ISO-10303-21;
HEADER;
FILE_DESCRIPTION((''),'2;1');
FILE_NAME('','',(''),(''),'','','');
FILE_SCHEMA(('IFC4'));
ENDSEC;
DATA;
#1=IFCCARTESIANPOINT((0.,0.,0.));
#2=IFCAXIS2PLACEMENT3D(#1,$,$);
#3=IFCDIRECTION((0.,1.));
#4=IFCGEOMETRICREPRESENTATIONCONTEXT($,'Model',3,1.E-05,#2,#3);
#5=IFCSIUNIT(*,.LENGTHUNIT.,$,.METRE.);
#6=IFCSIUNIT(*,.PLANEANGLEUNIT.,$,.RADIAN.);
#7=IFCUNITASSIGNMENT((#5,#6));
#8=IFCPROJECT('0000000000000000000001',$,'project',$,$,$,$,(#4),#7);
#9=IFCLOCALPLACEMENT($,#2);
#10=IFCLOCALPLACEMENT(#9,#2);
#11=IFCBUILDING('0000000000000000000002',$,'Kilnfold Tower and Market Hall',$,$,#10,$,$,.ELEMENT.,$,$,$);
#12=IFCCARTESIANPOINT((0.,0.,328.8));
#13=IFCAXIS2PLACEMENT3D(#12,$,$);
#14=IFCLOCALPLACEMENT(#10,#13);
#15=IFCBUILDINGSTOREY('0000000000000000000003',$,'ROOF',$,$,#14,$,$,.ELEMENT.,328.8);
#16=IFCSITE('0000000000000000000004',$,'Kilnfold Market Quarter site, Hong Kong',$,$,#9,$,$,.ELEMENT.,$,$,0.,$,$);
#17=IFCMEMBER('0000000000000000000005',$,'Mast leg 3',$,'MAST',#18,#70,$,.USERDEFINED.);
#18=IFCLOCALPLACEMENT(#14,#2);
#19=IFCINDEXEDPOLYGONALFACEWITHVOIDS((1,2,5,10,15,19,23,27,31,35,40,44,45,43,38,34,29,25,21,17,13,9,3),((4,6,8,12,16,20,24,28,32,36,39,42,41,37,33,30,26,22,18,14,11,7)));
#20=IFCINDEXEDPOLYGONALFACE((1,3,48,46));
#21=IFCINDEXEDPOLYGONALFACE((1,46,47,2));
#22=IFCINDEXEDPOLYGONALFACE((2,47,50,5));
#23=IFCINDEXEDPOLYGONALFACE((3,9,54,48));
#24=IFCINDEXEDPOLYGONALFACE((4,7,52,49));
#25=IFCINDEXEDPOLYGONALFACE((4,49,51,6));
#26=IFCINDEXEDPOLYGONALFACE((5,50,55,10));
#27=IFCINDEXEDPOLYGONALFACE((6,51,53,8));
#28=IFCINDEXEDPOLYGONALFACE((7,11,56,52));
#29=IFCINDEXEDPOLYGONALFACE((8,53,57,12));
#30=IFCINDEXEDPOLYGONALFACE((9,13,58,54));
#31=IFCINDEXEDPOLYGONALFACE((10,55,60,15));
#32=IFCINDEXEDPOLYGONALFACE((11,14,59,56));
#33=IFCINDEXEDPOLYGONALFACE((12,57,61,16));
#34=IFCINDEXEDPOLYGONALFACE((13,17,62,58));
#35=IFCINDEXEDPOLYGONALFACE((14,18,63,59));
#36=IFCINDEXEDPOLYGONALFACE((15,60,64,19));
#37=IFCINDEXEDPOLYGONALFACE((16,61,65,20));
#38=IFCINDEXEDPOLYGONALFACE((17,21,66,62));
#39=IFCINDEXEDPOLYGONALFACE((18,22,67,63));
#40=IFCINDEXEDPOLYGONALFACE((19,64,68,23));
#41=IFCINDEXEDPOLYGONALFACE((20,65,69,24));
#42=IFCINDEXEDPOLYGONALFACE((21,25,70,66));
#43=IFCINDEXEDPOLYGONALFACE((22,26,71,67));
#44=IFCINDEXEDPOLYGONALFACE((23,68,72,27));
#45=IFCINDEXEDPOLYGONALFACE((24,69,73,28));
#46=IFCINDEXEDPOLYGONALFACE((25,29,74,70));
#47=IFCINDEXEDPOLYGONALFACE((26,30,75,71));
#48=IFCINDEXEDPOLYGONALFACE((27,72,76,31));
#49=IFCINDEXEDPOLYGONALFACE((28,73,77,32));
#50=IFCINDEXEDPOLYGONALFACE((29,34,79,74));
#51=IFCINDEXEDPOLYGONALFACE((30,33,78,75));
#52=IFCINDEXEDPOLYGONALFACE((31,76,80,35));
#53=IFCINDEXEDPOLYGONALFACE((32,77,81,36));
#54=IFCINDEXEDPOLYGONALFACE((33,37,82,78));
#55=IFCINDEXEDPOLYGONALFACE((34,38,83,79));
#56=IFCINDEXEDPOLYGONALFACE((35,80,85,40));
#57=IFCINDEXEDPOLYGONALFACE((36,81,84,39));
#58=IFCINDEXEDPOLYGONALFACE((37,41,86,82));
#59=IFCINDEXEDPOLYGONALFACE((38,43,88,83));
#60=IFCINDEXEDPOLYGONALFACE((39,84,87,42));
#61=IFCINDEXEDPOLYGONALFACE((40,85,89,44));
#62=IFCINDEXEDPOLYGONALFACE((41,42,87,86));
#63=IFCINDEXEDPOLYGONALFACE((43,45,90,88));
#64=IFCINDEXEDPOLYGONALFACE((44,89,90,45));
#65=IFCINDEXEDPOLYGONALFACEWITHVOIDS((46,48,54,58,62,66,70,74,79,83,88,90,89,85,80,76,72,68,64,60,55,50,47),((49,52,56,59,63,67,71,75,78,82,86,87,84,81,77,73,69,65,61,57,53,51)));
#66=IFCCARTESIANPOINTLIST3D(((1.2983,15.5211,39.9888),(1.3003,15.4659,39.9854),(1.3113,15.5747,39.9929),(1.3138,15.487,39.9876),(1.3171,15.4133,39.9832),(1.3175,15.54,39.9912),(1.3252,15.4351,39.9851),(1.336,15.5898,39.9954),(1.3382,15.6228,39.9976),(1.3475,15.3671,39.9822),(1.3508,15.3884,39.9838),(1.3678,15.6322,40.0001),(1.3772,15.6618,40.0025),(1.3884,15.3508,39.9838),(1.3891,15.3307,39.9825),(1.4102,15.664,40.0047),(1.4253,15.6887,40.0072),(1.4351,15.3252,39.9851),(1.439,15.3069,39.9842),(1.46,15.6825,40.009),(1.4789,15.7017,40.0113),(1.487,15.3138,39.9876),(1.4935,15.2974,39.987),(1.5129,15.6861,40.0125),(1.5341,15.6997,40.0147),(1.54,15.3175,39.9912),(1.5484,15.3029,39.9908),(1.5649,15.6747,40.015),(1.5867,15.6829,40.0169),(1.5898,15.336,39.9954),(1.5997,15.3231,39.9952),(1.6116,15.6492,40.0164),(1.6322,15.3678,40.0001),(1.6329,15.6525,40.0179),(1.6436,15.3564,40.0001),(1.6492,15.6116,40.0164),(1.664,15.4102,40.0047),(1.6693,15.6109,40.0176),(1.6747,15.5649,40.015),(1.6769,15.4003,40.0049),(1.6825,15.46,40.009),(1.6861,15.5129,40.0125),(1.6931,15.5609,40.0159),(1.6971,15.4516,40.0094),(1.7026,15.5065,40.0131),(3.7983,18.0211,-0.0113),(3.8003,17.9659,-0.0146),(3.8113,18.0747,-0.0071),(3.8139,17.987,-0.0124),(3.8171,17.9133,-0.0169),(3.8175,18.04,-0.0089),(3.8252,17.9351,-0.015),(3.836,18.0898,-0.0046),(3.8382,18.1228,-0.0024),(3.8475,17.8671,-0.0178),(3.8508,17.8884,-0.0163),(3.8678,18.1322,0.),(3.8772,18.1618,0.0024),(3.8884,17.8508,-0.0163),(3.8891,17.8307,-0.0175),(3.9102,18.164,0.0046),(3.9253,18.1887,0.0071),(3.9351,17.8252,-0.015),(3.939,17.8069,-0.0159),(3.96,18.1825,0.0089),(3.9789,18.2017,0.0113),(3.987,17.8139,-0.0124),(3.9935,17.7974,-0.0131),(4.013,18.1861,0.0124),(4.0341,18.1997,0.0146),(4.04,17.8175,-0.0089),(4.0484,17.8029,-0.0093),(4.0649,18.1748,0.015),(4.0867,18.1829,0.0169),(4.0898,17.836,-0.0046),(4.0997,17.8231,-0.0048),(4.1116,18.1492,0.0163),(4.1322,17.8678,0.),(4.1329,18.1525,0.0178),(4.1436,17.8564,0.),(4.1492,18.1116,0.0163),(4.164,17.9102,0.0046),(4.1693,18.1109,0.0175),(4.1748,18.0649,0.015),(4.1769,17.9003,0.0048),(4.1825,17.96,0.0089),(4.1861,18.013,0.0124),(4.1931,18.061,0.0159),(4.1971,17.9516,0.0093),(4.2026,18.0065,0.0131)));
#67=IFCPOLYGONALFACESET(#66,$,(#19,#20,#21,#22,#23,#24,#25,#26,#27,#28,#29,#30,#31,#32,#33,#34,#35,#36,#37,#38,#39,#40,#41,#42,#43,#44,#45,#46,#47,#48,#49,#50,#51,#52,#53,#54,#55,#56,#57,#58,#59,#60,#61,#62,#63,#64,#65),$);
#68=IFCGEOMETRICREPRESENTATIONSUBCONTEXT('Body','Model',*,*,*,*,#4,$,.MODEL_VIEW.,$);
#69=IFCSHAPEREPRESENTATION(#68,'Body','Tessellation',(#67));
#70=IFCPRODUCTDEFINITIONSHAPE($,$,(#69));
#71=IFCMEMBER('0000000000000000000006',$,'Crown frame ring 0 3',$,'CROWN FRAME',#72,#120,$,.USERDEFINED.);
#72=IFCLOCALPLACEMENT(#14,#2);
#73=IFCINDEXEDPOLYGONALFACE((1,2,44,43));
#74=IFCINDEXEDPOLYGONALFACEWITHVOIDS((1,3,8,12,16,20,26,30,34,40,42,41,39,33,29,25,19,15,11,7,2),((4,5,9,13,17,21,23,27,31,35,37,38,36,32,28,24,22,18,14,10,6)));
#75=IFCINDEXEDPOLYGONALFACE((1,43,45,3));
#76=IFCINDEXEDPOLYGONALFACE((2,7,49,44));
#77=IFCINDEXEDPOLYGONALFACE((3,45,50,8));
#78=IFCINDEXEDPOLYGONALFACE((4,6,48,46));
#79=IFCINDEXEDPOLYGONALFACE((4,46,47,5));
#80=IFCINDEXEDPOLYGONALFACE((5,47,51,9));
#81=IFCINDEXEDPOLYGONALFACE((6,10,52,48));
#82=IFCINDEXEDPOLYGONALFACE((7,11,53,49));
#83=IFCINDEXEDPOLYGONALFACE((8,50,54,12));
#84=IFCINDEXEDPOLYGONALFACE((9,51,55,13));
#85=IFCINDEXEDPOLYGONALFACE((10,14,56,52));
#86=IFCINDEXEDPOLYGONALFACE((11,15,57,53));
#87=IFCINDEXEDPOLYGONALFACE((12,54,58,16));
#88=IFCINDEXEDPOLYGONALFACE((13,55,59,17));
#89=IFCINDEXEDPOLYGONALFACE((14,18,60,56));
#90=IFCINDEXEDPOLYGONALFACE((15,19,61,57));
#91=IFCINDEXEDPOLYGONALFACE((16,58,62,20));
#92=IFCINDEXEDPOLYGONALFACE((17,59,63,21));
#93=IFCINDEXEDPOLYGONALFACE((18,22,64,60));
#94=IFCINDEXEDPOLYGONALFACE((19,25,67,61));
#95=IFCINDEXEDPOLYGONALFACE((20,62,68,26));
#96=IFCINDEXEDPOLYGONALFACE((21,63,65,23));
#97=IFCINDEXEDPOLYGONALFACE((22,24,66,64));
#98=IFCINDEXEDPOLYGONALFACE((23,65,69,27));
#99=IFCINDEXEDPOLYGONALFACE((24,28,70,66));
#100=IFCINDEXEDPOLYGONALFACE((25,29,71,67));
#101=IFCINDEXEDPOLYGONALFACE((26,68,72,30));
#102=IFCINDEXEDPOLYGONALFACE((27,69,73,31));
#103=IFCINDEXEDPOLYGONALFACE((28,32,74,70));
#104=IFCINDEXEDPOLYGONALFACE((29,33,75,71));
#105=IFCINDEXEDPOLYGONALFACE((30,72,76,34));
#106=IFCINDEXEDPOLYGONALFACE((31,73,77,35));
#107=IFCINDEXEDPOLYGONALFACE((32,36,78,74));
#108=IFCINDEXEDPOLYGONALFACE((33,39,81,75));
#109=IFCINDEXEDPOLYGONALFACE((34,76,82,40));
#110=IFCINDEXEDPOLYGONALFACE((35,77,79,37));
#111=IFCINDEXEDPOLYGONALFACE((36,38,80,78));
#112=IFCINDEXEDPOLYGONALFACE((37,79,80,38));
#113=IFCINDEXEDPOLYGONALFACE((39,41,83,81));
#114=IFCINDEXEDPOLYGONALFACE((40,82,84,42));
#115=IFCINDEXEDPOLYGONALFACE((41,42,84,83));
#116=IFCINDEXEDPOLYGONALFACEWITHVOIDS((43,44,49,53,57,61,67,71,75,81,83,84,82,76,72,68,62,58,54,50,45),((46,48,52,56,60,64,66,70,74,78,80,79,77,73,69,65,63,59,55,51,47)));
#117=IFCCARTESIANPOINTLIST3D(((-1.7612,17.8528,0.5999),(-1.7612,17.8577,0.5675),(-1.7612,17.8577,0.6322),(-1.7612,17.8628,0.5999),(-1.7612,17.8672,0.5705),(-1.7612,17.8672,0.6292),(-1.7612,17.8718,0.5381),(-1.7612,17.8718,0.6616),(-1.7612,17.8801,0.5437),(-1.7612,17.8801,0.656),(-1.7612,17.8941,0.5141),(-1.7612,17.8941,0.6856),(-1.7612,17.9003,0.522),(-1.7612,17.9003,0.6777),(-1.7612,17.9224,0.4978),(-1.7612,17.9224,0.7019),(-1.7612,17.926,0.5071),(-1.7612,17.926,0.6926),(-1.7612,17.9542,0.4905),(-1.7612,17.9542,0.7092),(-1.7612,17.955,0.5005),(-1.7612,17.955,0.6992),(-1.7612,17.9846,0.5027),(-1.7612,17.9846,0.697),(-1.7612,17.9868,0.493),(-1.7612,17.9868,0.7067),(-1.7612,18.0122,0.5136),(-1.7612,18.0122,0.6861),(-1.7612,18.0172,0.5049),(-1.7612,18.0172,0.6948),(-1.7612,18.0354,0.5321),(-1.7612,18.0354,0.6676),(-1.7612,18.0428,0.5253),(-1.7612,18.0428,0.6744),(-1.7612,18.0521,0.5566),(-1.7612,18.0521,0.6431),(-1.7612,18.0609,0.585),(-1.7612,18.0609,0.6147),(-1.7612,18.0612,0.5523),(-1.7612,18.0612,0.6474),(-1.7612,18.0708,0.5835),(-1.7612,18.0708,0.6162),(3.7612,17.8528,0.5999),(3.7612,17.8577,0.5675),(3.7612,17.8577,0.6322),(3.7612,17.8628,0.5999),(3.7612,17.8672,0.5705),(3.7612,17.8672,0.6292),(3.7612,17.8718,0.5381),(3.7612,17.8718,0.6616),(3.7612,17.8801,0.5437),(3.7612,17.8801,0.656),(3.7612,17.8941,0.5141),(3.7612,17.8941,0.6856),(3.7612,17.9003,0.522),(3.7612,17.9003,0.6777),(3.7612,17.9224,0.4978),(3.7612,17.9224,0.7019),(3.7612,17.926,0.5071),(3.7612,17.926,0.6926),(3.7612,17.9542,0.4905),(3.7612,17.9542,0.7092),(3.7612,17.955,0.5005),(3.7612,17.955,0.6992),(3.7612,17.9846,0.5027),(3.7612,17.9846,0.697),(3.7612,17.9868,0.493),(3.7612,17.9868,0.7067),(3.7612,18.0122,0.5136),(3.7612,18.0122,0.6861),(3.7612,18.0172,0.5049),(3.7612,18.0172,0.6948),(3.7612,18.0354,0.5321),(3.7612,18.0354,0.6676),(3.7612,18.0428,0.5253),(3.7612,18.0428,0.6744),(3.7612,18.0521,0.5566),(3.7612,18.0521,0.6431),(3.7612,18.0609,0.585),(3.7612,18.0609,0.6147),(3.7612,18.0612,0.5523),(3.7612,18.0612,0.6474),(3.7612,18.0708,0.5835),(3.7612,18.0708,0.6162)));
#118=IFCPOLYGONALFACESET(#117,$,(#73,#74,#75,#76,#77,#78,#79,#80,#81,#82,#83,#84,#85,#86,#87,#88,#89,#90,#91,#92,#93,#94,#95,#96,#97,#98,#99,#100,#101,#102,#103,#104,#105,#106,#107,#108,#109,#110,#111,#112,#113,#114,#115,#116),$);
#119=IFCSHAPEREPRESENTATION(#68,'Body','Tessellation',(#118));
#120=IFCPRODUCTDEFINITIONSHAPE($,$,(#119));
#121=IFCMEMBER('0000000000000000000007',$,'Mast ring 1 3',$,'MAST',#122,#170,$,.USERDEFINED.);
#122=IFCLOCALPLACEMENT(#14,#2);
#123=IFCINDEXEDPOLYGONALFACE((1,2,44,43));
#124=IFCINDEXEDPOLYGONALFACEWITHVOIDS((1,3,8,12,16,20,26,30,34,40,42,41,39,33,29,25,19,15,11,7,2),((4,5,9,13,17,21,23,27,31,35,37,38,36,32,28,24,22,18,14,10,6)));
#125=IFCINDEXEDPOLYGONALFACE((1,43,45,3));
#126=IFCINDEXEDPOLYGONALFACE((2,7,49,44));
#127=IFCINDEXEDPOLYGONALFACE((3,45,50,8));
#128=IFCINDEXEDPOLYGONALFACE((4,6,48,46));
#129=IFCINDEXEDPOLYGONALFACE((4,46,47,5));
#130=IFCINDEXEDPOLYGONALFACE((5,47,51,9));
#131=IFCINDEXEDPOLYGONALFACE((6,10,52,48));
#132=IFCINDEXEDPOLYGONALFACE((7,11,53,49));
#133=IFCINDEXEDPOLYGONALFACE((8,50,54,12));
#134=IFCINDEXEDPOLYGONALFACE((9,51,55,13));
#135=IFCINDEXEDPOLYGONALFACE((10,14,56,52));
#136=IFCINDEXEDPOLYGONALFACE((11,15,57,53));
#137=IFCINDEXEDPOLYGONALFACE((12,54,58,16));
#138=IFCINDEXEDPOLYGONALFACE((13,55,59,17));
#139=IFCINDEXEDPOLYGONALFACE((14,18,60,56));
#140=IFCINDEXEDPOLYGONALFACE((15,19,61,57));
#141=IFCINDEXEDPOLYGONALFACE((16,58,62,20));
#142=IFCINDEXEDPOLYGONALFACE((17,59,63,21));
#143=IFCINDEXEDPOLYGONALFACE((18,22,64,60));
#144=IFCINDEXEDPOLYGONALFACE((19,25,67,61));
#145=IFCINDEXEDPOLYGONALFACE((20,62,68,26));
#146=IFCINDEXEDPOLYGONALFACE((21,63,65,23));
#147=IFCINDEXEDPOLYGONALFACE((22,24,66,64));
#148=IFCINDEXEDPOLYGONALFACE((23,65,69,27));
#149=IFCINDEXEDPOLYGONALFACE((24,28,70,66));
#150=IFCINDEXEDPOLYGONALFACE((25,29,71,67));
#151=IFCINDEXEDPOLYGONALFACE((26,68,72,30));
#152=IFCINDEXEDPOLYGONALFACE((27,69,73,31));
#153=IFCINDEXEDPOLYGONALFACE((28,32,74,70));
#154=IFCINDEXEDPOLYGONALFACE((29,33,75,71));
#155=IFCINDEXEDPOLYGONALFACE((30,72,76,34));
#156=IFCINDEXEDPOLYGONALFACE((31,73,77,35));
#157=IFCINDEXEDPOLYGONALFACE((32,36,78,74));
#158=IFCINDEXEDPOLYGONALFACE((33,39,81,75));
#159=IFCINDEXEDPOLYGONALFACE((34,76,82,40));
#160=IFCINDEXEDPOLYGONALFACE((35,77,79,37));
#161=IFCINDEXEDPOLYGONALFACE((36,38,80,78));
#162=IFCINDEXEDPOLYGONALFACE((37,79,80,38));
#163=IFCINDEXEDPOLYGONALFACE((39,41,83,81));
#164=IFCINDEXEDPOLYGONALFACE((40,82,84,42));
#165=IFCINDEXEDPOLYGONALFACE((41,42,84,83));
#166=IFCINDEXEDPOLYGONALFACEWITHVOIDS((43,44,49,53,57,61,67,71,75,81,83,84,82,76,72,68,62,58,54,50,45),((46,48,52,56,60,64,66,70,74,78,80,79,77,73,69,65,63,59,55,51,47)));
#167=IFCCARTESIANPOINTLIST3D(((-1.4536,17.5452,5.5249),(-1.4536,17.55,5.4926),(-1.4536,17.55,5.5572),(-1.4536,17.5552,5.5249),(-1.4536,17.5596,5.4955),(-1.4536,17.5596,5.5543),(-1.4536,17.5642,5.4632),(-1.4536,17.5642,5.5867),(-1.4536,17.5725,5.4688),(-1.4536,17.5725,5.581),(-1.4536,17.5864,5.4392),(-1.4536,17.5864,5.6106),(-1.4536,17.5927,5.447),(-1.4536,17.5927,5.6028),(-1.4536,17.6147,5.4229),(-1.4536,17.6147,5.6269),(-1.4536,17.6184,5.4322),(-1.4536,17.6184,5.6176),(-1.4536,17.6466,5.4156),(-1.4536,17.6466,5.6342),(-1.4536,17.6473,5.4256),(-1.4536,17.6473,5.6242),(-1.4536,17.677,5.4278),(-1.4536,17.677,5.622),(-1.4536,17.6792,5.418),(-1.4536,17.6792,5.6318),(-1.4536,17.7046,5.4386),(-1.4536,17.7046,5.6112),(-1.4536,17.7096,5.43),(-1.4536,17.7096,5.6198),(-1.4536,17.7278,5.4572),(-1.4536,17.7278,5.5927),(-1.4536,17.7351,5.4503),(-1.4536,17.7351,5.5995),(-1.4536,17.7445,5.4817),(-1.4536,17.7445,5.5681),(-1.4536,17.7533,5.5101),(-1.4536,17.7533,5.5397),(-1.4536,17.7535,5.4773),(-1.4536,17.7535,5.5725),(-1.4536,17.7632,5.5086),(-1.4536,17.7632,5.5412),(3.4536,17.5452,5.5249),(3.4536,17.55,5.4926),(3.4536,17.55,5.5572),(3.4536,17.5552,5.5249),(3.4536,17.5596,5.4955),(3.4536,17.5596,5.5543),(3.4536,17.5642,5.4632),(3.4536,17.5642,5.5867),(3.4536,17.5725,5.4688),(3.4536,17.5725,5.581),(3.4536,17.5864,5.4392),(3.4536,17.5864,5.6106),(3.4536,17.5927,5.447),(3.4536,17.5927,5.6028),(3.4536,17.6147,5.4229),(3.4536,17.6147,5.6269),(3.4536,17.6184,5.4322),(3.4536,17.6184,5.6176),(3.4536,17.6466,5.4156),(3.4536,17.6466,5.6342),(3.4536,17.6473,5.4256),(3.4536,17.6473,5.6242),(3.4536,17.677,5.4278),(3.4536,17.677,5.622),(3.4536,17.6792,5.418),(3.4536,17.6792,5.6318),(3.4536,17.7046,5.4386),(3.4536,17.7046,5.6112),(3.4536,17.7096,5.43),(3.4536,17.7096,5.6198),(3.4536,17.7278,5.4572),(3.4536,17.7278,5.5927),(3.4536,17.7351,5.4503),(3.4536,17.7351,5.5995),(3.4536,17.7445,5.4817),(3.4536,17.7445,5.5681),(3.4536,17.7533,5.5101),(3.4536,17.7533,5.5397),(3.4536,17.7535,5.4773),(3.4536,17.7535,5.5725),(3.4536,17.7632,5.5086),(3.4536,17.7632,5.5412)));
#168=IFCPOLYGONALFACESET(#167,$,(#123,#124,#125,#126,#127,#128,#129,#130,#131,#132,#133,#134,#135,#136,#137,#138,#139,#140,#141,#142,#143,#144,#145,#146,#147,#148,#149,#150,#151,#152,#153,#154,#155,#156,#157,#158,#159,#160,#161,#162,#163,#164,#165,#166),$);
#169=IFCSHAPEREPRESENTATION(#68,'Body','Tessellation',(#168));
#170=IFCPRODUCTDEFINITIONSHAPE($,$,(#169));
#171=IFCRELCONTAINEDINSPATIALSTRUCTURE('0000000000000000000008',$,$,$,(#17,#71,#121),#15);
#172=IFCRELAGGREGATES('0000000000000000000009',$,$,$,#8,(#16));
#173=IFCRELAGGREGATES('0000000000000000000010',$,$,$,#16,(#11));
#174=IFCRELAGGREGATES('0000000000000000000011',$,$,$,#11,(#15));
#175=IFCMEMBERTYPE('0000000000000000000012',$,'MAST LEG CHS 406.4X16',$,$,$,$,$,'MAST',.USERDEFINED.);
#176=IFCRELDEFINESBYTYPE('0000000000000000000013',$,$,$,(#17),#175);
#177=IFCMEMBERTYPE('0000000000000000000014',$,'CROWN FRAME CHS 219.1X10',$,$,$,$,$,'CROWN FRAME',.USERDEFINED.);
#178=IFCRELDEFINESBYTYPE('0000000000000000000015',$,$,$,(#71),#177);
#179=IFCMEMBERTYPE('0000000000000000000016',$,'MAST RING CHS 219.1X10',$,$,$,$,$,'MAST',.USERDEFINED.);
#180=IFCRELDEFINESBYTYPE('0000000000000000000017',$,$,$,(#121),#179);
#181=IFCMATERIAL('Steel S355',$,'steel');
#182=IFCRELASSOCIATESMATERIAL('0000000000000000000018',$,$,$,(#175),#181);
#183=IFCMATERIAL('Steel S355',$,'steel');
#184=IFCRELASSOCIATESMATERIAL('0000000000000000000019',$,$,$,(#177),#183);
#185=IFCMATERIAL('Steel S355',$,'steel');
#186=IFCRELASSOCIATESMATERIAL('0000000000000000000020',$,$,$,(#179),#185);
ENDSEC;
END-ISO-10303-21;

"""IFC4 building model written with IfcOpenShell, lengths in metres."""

from ifc_helpers import new_model, si_unit, direction, frame, origin, origin_2d, place, context, subcontext, project, spatial, hollow_circle, extrude, source, transform, mapped, material, material_profile, profile_set, type_object, element, save


model = new_model("IFC4")

# Units and contexts
model_context = context("Model", 3, precision=1e-05, world=origin(), true_north=direction((0.0, 1.0)))
body_context = subcontext(model_context, "Body", "Model", "MODEL_VIEW")
ifc_project = project(units=[si_unit("LENGTHUNIT", "METRE"), si_unit("PLANEANGLEUNIT", "RADIAN")], contexts=[model_context])

# Site, building, storey
site_placement = place(None, origin())
site = spatial("IfcSite", under=ifc_project, at=site_placement, Name="Kilnfold Market Quarter site, Hong Kong", CompositionType="ELEMENT", RefElevation=0.0)
building_placement = place(site_placement, origin())
building = spatial("IfcBuilding", under=site, at=building_placement, Name="Kilnfold Tower and Market Hall", CompositionType="ELEMENT")
storey_placement = place(building_placement, frame((0.0, 0.0, 328.8)))
storey = spatial("IfcBuildingStorey", under=building, at=storey_placement, Name="ROOF", CompositionType="ELEMENT", Elevation=328.8)

# Members
ifc_material_1 = material(Name="Steel S355", Category="steel")
ifc_material_profile_1 = material_profile(ifc_material_1, hollow_circle(Radius=0.2031, WallThickness=0.0161, at=origin_2d()), Name="CHS 406.4x16")
ifc_profile_set_1 = profile_set([ifc_material_profile_1], Name="Steel S355")
member_type_1 = type_object("IfcMemberType", Name="MAST LEG CHS 406.4X16", ElementType="MAST", PredefinedType="USERDEFINED", material=ifc_profile_set_1)
shared_shape_1 = source(origin(), body_context, "Body", "SweptSolid", [
    extrude(hollow_circle(Radius=0.2031, WallThickness=0.0161, at=origin_2d()), origin(), (0.0, 0.0, 1.0), 40.156),
])
member_1_placement = place(storey_placement, frame((4.0, 18.0, 0.0), z_axis=(-0.062257, -0.062257, 0.996116), x_axis=(0.707107, -0.707107, 0.0)))
element("IfcMember", 1, at=member_1_placement, inside=storey, type_object=member_type_1, Name="Mast leg 3", ObjectType="MAST", PredefinedType="USERDEFINED", context=body_context, shape_type="MappedRepresentation", body=[
    mapped(shared_shape_1, transform((0.0, 0.0, 0.0))),
])
ifc_material_2 = material(Name="Steel S355", Category="steel")
ifc_material_profile_2 = material_profile(ifc_material_2, hollow_circle(Radius=0.1096, WallThickness=0.01, at=origin_2d()), Name="CHS 219.1x10")
ifc_profile_set_2 = profile_set([ifc_material_profile_2], Name="Steel S355")
member_type_2 = type_object("IfcMemberType", Name="CROWN FRAME CHS 219.1X10", ElementType="CROWN FRAME", PredefinedType="USERDEFINED", material=ifc_profile_set_2)
shared_shape_2 = source(origin(), body_context, "Body", "SweptSolid", [
    extrude(hollow_circle(Radius=0.1096, WallThickness=0.01, at=origin_2d()), origin(), (0.0, 0.0, 1.0), 5.5225),
])
member_2_placement = place(storey_placement, frame((3.7612, 17.9624, 0.5999), z_axis=(-1.0, 0.0, 0.0), x_axis=(0.0, -1.0, 0.0)))
element("IfcMember", 2, at=member_2_placement, inside=storey, type_object=member_type_2, Name="Crown frame ring 0 3", ObjectType="CROWN FRAME", PredefinedType="USERDEFINED", context=body_context, shape_type="MappedRepresentation", body=[
    mapped(shared_shape_2, transform((0.0, 0.0, 0.0))),
])
ifc_material_3 = material(Name="Steel S355", Category="steel")
ifc_material_profile_3 = material_profile(ifc_material_3, hollow_circle(Radius=0.1096, WallThickness=0.01, at=origin_2d()), Name="CHS 219.1x10")
ifc_profile_set_3 = profile_set([ifc_material_profile_3], Name="Steel S355")
member_type_3 = type_object("IfcMemberType", Name="MAST RING CHS 219.1X10", ElementType="MAST", PredefinedType="USERDEFINED", material=ifc_profile_set_3)
shared_shape_3 = source(origin(), body_context, "Body", "SweptSolid", [
    extrude(hollow_circle(Radius=0.1096, WallThickness=0.01, at=origin_2d()), origin(), (0.0, 0.0, 1.0), 4.9072),
])
member_3_placement = place(storey_placement, frame((3.4536, 17.6548, 5.5249), z_axis=(-1.0, 0.0, 0.0), x_axis=(0.0, -1.0, 0.0)))
element("IfcMember", 3, at=member_3_placement, inside=storey, type_object=member_type_3, Name="Mast ring 1 3", ObjectType="MAST", PredefinedType="USERDEFINED", context=body_context, shape_type="MappedRepresentation", body=[
    mapped(shared_shape_3, transform((0.0, 0.0, 0.0))),
])

save(model, "model.ifc")
